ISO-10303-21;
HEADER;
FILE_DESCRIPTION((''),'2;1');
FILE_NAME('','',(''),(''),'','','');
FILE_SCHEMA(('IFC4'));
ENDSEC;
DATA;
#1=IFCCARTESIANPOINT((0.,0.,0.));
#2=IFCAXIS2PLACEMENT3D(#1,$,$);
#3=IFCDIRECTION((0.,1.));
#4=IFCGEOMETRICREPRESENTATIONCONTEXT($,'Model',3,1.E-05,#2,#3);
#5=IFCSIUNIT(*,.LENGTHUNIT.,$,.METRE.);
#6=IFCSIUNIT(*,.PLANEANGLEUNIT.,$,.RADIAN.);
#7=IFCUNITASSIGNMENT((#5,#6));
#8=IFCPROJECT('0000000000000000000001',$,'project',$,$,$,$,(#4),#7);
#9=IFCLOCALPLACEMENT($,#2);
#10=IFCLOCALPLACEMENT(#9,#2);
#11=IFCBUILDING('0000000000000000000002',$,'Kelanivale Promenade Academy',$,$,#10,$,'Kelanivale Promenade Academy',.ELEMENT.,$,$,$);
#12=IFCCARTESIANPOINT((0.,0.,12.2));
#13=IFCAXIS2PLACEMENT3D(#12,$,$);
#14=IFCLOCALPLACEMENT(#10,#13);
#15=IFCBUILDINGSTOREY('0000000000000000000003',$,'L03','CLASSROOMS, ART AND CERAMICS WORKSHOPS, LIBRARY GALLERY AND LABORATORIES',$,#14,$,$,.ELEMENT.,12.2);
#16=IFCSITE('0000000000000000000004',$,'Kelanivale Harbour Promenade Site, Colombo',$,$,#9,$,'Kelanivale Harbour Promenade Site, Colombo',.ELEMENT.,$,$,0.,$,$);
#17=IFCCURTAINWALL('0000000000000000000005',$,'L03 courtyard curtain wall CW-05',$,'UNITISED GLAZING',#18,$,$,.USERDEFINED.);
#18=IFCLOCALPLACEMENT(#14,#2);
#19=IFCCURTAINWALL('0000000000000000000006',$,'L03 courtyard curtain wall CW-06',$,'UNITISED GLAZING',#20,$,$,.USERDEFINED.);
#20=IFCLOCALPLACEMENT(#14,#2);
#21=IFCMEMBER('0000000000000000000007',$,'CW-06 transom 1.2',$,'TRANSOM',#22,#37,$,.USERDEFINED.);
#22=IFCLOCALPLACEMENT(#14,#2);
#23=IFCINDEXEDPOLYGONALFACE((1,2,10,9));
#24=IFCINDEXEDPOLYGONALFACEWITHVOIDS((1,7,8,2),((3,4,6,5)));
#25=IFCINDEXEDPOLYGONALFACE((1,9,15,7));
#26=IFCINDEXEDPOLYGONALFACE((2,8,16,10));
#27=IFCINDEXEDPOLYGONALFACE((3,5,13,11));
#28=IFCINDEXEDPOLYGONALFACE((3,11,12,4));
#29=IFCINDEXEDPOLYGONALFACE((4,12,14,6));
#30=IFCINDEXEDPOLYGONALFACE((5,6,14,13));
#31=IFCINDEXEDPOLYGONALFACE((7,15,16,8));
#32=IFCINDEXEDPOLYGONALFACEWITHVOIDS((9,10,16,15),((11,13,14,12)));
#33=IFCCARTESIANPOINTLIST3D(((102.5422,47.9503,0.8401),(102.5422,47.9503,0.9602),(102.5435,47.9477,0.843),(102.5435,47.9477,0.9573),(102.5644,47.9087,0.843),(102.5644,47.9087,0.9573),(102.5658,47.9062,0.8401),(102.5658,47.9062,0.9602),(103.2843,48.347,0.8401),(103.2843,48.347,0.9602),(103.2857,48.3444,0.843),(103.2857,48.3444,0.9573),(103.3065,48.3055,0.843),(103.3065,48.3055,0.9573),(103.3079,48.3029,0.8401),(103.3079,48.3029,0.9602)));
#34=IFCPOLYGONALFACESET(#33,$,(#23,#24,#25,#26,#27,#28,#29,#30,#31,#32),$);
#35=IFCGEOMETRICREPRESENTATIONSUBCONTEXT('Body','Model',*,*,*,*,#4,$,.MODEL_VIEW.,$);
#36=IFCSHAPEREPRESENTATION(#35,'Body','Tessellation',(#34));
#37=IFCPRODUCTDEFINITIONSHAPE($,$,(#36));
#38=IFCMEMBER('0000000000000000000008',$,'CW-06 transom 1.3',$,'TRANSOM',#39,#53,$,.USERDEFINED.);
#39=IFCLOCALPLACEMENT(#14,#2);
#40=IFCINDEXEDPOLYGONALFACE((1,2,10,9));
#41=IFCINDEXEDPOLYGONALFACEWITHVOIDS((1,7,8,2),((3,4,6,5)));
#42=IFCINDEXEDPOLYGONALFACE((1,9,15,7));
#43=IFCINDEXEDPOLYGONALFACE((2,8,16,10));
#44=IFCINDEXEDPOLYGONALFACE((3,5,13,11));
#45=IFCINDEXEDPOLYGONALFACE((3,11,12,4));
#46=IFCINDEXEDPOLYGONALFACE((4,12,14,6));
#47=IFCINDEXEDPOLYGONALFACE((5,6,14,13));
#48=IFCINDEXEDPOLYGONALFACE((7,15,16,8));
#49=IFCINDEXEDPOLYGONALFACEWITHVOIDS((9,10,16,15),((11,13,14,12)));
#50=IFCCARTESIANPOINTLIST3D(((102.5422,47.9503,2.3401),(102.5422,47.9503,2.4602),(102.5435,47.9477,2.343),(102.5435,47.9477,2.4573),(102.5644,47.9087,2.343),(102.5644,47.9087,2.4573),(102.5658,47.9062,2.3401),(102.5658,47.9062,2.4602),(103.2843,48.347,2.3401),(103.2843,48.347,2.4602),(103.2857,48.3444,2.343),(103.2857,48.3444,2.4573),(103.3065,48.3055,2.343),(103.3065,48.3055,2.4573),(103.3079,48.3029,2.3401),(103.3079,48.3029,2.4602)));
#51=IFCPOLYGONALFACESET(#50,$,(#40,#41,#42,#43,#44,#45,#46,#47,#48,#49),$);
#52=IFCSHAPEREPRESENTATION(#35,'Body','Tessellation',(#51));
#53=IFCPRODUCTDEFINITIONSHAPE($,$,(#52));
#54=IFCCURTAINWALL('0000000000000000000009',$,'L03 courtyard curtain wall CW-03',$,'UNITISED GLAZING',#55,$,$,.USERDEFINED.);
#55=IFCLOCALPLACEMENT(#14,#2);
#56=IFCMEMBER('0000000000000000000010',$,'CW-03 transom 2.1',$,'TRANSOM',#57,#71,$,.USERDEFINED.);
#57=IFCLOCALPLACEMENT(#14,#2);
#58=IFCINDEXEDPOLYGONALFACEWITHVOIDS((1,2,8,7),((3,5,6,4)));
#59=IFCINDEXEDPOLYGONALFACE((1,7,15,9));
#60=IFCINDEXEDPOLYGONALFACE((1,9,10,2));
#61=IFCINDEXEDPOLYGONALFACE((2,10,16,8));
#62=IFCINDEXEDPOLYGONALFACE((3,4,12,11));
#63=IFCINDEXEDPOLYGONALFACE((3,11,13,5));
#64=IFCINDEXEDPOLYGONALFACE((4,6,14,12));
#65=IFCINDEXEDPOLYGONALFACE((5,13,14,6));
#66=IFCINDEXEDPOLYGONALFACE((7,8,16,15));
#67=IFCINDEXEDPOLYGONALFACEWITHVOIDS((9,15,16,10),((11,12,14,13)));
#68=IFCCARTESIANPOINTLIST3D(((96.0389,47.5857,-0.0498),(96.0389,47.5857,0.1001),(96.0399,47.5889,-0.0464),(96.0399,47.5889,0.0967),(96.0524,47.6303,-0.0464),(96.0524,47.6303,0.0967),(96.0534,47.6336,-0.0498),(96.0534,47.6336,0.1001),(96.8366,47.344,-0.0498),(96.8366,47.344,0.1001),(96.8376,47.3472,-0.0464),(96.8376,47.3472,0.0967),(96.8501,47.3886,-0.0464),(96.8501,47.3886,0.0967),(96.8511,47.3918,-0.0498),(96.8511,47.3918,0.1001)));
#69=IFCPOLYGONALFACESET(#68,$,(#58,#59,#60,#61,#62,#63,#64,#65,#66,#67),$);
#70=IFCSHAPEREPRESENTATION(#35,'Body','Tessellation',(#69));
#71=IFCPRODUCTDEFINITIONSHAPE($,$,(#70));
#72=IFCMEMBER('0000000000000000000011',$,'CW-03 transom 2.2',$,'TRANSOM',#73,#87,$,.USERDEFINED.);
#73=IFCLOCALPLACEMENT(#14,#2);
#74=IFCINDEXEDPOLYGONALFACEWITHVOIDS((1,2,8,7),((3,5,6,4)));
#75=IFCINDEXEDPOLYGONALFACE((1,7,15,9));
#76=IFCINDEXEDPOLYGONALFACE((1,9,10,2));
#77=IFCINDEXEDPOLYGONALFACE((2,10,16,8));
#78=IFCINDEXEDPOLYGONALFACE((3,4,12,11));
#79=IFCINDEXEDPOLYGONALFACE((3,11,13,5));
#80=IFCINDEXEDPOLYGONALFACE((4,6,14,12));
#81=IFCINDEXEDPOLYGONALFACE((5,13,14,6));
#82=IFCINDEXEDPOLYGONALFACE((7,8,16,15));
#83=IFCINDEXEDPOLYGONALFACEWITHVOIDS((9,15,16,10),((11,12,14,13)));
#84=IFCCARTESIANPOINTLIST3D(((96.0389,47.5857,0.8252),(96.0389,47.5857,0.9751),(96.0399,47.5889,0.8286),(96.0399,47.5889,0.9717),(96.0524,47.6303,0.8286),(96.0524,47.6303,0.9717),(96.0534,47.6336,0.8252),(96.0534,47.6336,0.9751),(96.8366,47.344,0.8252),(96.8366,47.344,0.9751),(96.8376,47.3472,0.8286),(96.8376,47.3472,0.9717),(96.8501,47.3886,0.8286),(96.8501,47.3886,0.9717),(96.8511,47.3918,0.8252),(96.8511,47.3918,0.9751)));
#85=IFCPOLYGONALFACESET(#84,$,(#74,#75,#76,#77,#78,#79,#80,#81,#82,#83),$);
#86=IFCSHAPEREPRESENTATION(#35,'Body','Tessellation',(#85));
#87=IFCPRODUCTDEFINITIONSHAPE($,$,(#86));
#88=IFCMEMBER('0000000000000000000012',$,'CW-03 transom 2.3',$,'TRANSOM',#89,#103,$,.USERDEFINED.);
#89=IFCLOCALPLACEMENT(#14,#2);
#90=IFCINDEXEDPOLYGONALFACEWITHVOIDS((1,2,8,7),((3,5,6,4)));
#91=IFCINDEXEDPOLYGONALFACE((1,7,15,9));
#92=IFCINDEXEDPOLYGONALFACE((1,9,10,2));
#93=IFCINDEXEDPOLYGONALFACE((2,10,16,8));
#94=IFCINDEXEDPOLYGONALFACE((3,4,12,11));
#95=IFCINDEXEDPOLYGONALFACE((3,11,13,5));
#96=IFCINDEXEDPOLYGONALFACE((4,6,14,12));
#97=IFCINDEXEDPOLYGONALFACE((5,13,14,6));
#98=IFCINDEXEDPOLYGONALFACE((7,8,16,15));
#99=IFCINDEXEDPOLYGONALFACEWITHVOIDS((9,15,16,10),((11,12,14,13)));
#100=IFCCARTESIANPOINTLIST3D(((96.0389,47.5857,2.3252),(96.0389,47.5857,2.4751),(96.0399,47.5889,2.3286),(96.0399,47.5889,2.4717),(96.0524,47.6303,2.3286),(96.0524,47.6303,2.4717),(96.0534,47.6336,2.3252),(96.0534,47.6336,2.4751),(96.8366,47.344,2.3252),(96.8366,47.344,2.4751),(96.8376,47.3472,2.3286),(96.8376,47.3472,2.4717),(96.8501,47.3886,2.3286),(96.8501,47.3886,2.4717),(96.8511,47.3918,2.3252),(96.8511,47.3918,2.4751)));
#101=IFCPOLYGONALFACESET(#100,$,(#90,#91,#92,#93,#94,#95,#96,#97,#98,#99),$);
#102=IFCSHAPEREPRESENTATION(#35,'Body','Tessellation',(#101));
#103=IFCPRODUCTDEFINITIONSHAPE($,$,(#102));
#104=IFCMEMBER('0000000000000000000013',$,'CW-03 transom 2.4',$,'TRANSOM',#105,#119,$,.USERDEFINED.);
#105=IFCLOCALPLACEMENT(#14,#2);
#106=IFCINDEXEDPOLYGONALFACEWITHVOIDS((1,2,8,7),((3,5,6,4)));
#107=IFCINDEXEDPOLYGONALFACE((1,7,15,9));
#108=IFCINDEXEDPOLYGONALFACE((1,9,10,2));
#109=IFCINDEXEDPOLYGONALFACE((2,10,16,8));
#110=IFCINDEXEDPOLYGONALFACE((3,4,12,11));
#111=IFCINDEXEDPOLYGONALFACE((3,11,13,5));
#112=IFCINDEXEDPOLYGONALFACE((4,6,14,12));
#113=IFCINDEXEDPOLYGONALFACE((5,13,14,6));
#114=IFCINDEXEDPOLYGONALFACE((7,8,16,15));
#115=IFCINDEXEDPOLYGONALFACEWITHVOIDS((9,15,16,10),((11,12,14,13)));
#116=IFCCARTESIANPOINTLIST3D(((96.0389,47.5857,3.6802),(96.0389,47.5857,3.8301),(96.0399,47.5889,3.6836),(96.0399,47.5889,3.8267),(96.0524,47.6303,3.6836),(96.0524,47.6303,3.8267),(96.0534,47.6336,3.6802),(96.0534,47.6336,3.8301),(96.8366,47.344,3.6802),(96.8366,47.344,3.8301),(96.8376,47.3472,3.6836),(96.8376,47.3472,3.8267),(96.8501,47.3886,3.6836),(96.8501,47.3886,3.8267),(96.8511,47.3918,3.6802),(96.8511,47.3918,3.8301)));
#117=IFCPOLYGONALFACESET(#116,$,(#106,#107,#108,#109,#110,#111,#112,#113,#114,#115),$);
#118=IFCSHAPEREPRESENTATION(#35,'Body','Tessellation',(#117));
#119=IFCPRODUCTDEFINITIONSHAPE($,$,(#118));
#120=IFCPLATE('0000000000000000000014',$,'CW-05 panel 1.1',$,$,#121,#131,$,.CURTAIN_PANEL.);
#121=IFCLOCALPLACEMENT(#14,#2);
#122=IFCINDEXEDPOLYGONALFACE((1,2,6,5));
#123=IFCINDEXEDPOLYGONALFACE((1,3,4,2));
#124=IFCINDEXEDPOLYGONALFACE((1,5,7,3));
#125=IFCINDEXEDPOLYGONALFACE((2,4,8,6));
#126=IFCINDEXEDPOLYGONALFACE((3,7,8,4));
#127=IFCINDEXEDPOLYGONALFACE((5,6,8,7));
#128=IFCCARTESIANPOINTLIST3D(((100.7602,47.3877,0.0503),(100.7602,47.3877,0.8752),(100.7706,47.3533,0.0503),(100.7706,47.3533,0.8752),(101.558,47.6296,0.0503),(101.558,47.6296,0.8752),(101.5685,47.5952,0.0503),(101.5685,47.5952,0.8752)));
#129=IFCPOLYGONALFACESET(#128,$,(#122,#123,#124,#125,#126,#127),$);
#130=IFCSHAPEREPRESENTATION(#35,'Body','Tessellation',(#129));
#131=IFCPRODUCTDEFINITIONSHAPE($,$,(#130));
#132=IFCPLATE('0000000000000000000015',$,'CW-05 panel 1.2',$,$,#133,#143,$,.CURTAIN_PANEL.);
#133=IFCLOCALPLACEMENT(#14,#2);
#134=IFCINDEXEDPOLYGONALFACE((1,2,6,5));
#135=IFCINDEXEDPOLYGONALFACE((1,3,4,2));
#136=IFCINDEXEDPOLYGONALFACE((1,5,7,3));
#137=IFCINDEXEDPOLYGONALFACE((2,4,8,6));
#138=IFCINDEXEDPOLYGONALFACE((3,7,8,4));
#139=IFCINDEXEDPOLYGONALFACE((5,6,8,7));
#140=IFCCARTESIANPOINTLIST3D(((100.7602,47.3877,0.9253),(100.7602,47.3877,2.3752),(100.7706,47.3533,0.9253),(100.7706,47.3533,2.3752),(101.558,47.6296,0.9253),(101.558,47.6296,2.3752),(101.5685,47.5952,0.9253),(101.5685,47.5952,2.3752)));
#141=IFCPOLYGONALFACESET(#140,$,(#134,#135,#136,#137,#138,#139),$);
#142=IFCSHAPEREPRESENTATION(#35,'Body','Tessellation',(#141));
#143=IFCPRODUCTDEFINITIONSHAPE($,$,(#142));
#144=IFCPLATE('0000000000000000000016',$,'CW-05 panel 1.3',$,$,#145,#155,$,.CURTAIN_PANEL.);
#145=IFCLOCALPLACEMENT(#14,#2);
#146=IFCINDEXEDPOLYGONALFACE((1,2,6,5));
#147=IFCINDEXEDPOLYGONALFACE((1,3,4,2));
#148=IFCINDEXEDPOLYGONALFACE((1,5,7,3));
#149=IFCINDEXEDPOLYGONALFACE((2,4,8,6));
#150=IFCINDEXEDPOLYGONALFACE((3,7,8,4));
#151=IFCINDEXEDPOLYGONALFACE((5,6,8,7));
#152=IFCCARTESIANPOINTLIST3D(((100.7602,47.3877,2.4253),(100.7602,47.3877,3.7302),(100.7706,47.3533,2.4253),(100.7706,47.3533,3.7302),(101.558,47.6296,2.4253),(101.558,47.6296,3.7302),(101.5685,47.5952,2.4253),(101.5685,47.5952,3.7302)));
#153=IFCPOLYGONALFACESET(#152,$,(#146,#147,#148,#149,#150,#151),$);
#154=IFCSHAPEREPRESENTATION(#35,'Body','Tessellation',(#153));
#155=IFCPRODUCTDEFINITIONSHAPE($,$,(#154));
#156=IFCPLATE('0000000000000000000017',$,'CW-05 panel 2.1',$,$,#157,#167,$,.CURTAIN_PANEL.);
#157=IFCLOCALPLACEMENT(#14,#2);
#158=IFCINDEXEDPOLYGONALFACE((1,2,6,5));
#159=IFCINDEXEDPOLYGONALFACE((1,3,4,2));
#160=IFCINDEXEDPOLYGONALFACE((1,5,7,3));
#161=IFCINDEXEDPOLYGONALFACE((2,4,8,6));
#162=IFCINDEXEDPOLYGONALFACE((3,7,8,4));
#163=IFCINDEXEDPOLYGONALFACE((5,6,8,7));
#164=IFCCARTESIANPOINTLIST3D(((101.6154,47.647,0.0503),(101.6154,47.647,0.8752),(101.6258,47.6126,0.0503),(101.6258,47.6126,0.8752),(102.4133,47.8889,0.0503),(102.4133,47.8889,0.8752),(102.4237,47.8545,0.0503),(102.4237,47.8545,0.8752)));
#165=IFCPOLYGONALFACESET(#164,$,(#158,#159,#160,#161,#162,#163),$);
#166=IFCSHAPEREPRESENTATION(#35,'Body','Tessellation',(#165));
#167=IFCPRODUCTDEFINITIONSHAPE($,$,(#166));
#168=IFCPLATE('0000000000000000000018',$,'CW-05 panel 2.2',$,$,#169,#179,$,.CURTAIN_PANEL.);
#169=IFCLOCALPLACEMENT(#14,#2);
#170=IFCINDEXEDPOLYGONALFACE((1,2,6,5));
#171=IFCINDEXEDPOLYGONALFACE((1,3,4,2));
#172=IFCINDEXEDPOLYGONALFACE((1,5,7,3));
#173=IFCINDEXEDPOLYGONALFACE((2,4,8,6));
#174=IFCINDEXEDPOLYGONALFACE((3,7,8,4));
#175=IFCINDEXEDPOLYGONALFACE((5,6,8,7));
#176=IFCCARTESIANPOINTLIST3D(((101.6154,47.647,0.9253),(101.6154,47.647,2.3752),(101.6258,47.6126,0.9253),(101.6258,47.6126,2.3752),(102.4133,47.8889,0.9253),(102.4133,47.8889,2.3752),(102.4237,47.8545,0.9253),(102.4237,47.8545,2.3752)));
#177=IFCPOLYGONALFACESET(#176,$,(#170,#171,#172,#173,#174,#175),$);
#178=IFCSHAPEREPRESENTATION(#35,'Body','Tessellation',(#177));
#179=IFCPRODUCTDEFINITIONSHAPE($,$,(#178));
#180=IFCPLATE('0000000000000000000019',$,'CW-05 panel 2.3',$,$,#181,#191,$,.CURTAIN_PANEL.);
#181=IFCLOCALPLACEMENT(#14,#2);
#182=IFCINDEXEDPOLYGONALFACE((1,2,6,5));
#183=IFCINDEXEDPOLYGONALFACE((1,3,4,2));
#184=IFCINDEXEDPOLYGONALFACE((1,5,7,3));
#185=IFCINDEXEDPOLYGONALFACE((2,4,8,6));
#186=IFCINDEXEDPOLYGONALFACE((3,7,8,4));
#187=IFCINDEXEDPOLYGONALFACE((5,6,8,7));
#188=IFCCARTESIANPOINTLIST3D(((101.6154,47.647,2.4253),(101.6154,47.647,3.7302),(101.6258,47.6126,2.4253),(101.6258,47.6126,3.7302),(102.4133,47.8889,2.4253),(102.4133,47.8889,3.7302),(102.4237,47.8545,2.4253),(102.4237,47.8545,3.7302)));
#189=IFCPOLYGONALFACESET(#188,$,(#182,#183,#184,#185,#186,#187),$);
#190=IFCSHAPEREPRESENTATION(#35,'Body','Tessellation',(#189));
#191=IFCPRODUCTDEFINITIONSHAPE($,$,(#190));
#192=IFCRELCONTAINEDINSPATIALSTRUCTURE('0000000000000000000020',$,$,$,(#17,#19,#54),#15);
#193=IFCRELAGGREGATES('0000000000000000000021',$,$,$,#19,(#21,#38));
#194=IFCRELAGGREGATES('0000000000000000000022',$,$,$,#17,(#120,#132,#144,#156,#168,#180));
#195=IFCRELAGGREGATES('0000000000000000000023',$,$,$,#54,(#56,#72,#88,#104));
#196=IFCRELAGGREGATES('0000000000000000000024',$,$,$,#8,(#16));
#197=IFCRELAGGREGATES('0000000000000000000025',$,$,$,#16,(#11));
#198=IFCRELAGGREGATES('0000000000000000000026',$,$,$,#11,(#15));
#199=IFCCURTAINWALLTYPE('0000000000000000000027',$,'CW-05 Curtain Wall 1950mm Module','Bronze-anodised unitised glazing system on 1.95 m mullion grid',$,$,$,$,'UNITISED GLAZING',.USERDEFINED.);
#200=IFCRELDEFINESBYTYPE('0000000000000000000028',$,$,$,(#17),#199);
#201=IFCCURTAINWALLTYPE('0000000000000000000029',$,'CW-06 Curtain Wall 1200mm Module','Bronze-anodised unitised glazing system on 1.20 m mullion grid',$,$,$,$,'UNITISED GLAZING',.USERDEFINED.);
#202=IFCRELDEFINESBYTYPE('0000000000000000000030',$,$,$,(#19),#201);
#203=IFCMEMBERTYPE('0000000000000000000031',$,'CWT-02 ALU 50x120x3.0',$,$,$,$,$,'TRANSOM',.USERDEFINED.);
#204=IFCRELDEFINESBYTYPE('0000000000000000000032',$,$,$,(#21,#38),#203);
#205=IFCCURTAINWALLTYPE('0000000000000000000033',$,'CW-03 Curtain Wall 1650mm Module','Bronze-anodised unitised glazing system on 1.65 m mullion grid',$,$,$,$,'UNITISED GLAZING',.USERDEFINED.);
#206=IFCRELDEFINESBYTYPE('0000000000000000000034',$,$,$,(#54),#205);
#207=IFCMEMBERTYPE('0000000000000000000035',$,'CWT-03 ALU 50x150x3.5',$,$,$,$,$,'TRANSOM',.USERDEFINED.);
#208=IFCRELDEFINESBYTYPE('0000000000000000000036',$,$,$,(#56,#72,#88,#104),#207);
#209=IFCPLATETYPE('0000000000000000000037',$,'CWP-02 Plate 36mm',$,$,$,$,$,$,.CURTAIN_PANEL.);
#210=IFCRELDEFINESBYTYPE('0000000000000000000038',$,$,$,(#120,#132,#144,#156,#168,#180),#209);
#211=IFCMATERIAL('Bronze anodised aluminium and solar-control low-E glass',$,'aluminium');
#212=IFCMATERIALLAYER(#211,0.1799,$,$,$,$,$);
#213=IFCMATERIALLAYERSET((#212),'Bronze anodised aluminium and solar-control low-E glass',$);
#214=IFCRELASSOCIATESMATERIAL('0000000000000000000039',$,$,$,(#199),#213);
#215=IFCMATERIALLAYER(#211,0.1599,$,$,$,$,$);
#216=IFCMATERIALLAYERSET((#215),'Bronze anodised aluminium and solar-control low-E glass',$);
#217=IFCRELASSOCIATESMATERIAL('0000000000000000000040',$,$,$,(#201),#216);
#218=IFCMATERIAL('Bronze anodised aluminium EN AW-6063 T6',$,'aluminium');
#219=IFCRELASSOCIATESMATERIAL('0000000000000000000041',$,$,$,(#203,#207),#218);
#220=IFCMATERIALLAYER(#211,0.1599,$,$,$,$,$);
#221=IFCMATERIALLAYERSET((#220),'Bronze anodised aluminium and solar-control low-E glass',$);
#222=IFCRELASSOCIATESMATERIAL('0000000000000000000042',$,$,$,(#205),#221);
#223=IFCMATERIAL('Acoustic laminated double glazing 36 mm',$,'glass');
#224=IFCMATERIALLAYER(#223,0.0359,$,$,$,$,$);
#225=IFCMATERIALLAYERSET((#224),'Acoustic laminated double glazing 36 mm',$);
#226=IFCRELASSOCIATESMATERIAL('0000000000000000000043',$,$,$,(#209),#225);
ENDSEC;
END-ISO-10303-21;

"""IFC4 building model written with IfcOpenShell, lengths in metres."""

from ifc_helpers import new_model, si_unit, direction, frame, origin, origin_2d, place, context, subcontext, project, spatial, rectangle, hollow_rectangle, extrude, material, layer, layer_set, material_profile, profile_set, type_object, element, aggregate, save


model = new_model("IFC4")

# Units and contexts
model_context = context("Model", 3, precision=1e-05, world=origin(), true_north=direction((0.0, 1.0)))
body_context = subcontext(model_context, "Body", "Model", "MODEL_VIEW")
ifc_project = project(units=[si_unit("LENGTHUNIT", "METRE"), si_unit("PLANEANGLEUNIT", "RADIAN")], contexts=[model_context])

# Site, building, storey
site_placement = place(None, origin())
site = spatial("IfcSite", under=ifc_project, at=site_placement, Name="Kelanivale Harbour Promenade Site, Colombo", LongName="Kelanivale Harbour Promenade Site, Colombo", CompositionType="ELEMENT", RefElevation=0.0)
building_placement = place(site_placement, origin())
building = spatial("IfcBuilding", under=site, at=building_placement, Name="Kelanivale Promenade Academy", LongName="Kelanivale Promenade Academy", CompositionType="ELEMENT")
storey_placement = place(building_placement, frame((0.0, 0.0, 12.2)))
storey = spatial("IfcBuildingStorey", under=building, at=storey_placement, Name="L03", Description="CLASSROOMS, ART AND CERAMICS WORKSHOPS, LIBRARY GALLERY AND LABORATORIES", CompositionType="ELEMENT", Elevation=12.2)

# Curtain wall
ifc_material_1 = material(Name="Bronze anodised aluminium and solar-control low-E glass", Category="aluminium")
ifc_layer_1 = layer(ifc_material_1, 0.1799)
ifc_layer_set_1 = layer_set([ifc_layer_1], Name="Bronze anodised aluminium and solar-control low-E glass")
curtain_wall_type_1 = type_object("IfcCurtainWallType", Name="CW-05 Curtain Wall 1950mm Module", Description="Bronze-anodised unitised glazing system on 1.95 m mullion grid", ElementType="UNITISED GLAZING", PredefinedType="USERDEFINED", material=ifc_layer_set_1)
curtain_wall_1_placement = place(storey_placement, origin())
curtain_wall_1 = element("IfcCurtainWall", 1, at=curtain_wall_1_placement, inside=storey, type_object=curtain_wall_type_1, Name="L03 courtyard curtain wall CW-05", ObjectType="UNITISED GLAZING", PredefinedType="USERDEFINED")
ifc_material_2 = material(Name="Bronze anodised aluminium EN AW-6063 T6", Category="aluminium")

# Curtain wall
ifc_layer_2 = layer(ifc_material_1, 0.1599)
ifc_layer_set_2 = layer_set([ifc_layer_2], Name="Bronze anodised aluminium and solar-control low-E glass")
curtain_wall_type_2 = type_object("IfcCurtainWallType", Name="CW-06 Curtain Wall 1200mm Module", Description="Bronze-anodised unitised glazing system on 1.20 m mullion grid", ElementType="UNITISED GLAZING", PredefinedType="USERDEFINED", material=ifc_layer_set_2)
curtain_wall_2_placement = place(storey_placement, origin())
curtain_wall_2 = element("IfcCurtainWall", 2, at=curtain_wall_2_placement, inside=storey, type_object=curtain_wall_type_2, Name="L03 courtyard curtain wall CW-06", ObjectType="UNITISED GLAZING", PredefinedType="USERDEFINED")

# Members
ifc_material_profile_1 = material_profile(ifc_material_2, hollow_rectangle(XDim=0.05, YDim=0.1201, WallThickness=0.0029, at=origin_2d()), Name="ALU 50x120x3.0")
ifc_profile_set_1 = profile_set([ifc_material_profile_1], Name="Bronze anodised aluminium EN AW-6063 T6")
member_type_1 = type_object("IfcMemberType", Name="CWT-02 ALU 50x120x3.0", ElementType="TRANSOM", PredefinedType="USERDEFINED", material=ifc_profile_set_1)
member_1_placement = place(storey_placement, frame((102.554, 47.9282, 0.9001), z_axis=(0.881911, 0.471416, 0.0), x_axis=(-0.471416, 0.881911, 0.0)))
member_1 = element("IfcMember", 3, at=member_1_placement, type_object=member_type_1, Name="CW-06 transom 1.2", ObjectType="TRANSOM", PredefinedType="USERDEFINED", context=body_context, shape_type="SweptSolid", body=[
    extrude(hollow_rectangle(XDim=0.05, YDim=0.1201, WallThickness=0.0029, at=origin_2d()), origin(), (0.0, 0.0, 1.0), 0.8416),
])
member_2_placement = place(storey_placement, frame((102.554, 47.9282, 2.4001), z_axis=(0.881911, 0.471416, 0.0), x_axis=(-0.471416, 0.881911, 0.0)))
member_2 = element("IfcMember", 4, at=member_2_placement, type_object=member_type_1, Name="CW-06 transom 1.3", ObjectType="TRANSOM", PredefinedType="USERDEFINED", context=body_context, shape_type="SweptSolid", body=[
    extrude(hollow_rectangle(XDim=0.05, YDim=0.1201, WallThickness=0.0029, at=origin_2d()), origin(), (0.0, 0.0, 1.0), 0.8416),
])
aggregate(curtain_wall_2, [member_1, member_2])

# Curtain wall, members
ifc_layer_3 = layer(ifc_material_1, 0.1599)
ifc_layer_set_3 = layer_set([ifc_layer_3], Name="Bronze anodised aluminium and solar-control low-E glass")
curtain_wall_type_3 = type_object("IfcCurtainWallType", Name="CW-03 Curtain Wall 1650mm Module", Description="Bronze-anodised unitised glazing system on 1.65 m mullion grid", ElementType="UNITISED GLAZING", PredefinedType="USERDEFINED", material=ifc_layer_set_3)
curtain_wall_3_placement = place(storey_placement, origin())
curtain_wall_3 = element("IfcCurtainWall", 5, at=curtain_wall_3_placement, inside=storey, type_object=curtain_wall_type_3, Name="L03 courtyard curtain wall CW-03", ObjectType="UNITISED GLAZING", PredefinedType="USERDEFINED")
ifc_material_profile_2 = material_profile(ifc_material_2, hollow_rectangle(XDim=0.05, YDim=0.1499, WallThickness=0.0034, at=origin_2d()), Name="ALU 50x150x3.5")
ifc_profile_set_2 = profile_set([ifc_material_profile_2], Name="Bronze anodised aluminium EN AW-6063 T6")
member_type_2 = type_object("IfcMemberType", Name="CWT-03 ALU 50x150x3.5", ElementType="TRANSOM", PredefinedType="USERDEFINED", material=ifc_profile_set_2)
member_3_placement = place(storey_placement, frame((96.0461, 47.6096, 0.0251), z_axis=(0.957024, -0.290007, 0.0), x_axis=(0.290007, 0.957024, 0.0)))
member_3 = element("IfcMember", 6, at=member_3_placement, type_object=member_type_2, Name="CW-03 transom 2.1", ObjectType="TRANSOM", PredefinedType="USERDEFINED", context=body_context, shape_type="SweptSolid", body=[
    extrude(hollow_rectangle(XDim=0.05, YDim=0.1499, WallThickness=0.0034, at=origin_2d()), origin(), (0.0, 0.0, 1.0), 0.8335),
])
member_4_placement = place(storey_placement, frame((96.0461, 47.6096, 0.9001), z_axis=(0.957024, -0.290007, 0.0), x_axis=(0.290007, 0.957024, 0.0)))
member_4 = element("IfcMember", 7, at=member_4_placement, type_object=member_type_2, Name="CW-03 transom 2.2", ObjectType="TRANSOM", PredefinedType="USERDEFINED", context=body_context, shape_type="SweptSolid", body=[
    extrude(hollow_rectangle(XDim=0.05, YDim=0.1499, WallThickness=0.0034, at=origin_2d()), origin(), (0.0, 0.0, 1.0), 0.8335),
])
member_5_placement = place(storey_placement, frame((96.0461, 47.6096, 2.4001), z_axis=(0.957024, -0.290007, 0.0), x_axis=(0.290007, 0.957024, 0.0)))
member_5 = element("IfcMember", 8, at=member_5_placement, type_object=member_type_2, Name="CW-03 transom 2.3", ObjectType="TRANSOM", PredefinedType="USERDEFINED", context=body_context, shape_type="SweptSolid", body=[
    extrude(hollow_rectangle(XDim=0.05, YDim=0.1499, WallThickness=0.0034, at=origin_2d()), origin(), (0.0, 0.0, 1.0), 0.8335),
])
member_6_placement = place(storey_placement, frame((96.0461, 47.6096, 3.7551), z_axis=(0.957024, -0.290007, 0.0), x_axis=(0.290007, 0.957024, 0.0)))
member_6 = element("IfcMember", 9, at=member_6_placement, type_object=member_type_2, Name="CW-03 transom 2.4", ObjectType="TRANSOM", PredefinedType="USERDEFINED", context=body_context, shape_type="SweptSolid", body=[
    extrude(hollow_rectangle(XDim=0.05, YDim=0.1499, WallThickness=0.0034, at=origin_2d()), origin(), (0.0, 0.0, 1.0), 0.8335),
])

# Plates
ifc_material_3 = material(Name="Acoustic laminated double glazing 36 mm", Category="glass")
ifc_layer_4 = layer(ifc_material_3, 0.0359)
ifc_layer_set_4 = layer_set([ifc_layer_4], Name="Acoustic laminated double glazing 36 mm")
plate_type_1 = type_object("IfcPlateType", Name="CWP-02 Plate 36mm", PredefinedType="CURTAIN_PANEL", material=ifc_layer_set_4)
plate_1_placement = place(storey_placement, frame((101.1643, 47.4915, 0.0503), z_axis=(0.0, 0.0, 1.0), x_axis=(0.956988, 0.290128, 0.0)))
plate_1 = element("IfcPlate", 10, at=plate_1_placement, type_object=plate_type_1, Name="CW-05 panel 1.1", PredefinedType="CURTAIN_PANEL", context=body_context, shape_type="SweptSolid", body=[
    extrude(rectangle(XDim=0.8337, YDim=0.0359, at=origin_2d()), origin(), (0.0, 0.0, 1.0), 0.825),
])
plate_2_placement = place(storey_placement, frame((101.1643, 47.4915, 0.9253), z_axis=(0.0, 0.0, 1.0), x_axis=(0.956988, 0.290128, 0.0)))
plate_2 = element("IfcPlate", 11, at=plate_2_placement, type_object=plate_type_1, Name="CW-05 panel 1.2", PredefinedType="CURTAIN_PANEL", context=body_context, shape_type="SweptSolid", body=[
    extrude(rectangle(XDim=0.8337, YDim=0.0359, at=origin_2d()), origin(), (0.0, 0.0, 1.0), 1.45),
])
plate_3_placement = place(storey_placement, frame((101.1643, 47.4915, 2.4253), z_axis=(0.0, 0.0, 1.0), x_axis=(0.956988, 0.290128, 0.0)))
plate_3 = element("IfcPlate", 12, at=plate_3_placement, type_object=plate_type_1, Name="CW-05 panel 1.3", PredefinedType="CURTAIN_PANEL", context=body_context, shape_type="SweptSolid", body=[
    extrude(rectangle(XDim=0.8337, YDim=0.0359, at=origin_2d()), origin(), (0.0, 0.0, 1.0), 1.3049),
])
plate_4_placement = place(storey_placement, frame((102.0195, 47.7507, 0.0503), z_axis=(0.0, 0.0, 1.0), x_axis=(0.956988, 0.290128, 0.0)))
plate_4 = element("IfcPlate", 13, at=plate_4_placement, type_object=plate_type_1, Name="CW-05 panel 2.1", PredefinedType="CURTAIN_PANEL", context=body_context, shape_type="SweptSolid", body=[
    extrude(rectangle(XDim=0.8337, YDim=0.0359, at=origin_2d()), origin(), (0.0, 0.0, 1.0), 0.825),
])
plate_5_placement = place(storey_placement, frame((102.0195, 47.7507, 0.9253), z_axis=(0.0, 0.0, 1.0), x_axis=(0.956988, 0.290128, 0.0)))
plate_5 = element("IfcPlate", 14, at=plate_5_placement, type_object=plate_type_1, Name="CW-05 panel 2.2", PredefinedType="CURTAIN_PANEL", context=body_context, shape_type="SweptSolid", body=[
    extrude(rectangle(XDim=0.8337, YDim=0.0359, at=origin_2d()), origin(), (0.0, 0.0, 1.0), 1.45),
])
plate_6_placement = place(storey_placement, frame((102.0195, 47.7507, 2.4253), z_axis=(0.0, 0.0, 1.0), x_axis=(0.956988, 0.290128, 0.0)))
plate_6 = element("IfcPlate", 15, at=plate_6_placement, type_object=plate_type_1, Name="CW-05 panel 2.3", PredefinedType="CURTAIN_PANEL", context=body_context, shape_type="SweptSolid", body=[
    extrude(rectangle(XDim=0.8337, YDim=0.0359, at=origin_2d()), origin(), (0.0, 0.0, 1.0), 1.3049),
])
aggregate(curtain_wall_1, [plate_1, plate_2, plate_3, plate_4, plate_5, plate_6])
aggregate(curtain_wall_3, [member_3, member_4, member_5, member_6])

save(model, "model.ifc")
